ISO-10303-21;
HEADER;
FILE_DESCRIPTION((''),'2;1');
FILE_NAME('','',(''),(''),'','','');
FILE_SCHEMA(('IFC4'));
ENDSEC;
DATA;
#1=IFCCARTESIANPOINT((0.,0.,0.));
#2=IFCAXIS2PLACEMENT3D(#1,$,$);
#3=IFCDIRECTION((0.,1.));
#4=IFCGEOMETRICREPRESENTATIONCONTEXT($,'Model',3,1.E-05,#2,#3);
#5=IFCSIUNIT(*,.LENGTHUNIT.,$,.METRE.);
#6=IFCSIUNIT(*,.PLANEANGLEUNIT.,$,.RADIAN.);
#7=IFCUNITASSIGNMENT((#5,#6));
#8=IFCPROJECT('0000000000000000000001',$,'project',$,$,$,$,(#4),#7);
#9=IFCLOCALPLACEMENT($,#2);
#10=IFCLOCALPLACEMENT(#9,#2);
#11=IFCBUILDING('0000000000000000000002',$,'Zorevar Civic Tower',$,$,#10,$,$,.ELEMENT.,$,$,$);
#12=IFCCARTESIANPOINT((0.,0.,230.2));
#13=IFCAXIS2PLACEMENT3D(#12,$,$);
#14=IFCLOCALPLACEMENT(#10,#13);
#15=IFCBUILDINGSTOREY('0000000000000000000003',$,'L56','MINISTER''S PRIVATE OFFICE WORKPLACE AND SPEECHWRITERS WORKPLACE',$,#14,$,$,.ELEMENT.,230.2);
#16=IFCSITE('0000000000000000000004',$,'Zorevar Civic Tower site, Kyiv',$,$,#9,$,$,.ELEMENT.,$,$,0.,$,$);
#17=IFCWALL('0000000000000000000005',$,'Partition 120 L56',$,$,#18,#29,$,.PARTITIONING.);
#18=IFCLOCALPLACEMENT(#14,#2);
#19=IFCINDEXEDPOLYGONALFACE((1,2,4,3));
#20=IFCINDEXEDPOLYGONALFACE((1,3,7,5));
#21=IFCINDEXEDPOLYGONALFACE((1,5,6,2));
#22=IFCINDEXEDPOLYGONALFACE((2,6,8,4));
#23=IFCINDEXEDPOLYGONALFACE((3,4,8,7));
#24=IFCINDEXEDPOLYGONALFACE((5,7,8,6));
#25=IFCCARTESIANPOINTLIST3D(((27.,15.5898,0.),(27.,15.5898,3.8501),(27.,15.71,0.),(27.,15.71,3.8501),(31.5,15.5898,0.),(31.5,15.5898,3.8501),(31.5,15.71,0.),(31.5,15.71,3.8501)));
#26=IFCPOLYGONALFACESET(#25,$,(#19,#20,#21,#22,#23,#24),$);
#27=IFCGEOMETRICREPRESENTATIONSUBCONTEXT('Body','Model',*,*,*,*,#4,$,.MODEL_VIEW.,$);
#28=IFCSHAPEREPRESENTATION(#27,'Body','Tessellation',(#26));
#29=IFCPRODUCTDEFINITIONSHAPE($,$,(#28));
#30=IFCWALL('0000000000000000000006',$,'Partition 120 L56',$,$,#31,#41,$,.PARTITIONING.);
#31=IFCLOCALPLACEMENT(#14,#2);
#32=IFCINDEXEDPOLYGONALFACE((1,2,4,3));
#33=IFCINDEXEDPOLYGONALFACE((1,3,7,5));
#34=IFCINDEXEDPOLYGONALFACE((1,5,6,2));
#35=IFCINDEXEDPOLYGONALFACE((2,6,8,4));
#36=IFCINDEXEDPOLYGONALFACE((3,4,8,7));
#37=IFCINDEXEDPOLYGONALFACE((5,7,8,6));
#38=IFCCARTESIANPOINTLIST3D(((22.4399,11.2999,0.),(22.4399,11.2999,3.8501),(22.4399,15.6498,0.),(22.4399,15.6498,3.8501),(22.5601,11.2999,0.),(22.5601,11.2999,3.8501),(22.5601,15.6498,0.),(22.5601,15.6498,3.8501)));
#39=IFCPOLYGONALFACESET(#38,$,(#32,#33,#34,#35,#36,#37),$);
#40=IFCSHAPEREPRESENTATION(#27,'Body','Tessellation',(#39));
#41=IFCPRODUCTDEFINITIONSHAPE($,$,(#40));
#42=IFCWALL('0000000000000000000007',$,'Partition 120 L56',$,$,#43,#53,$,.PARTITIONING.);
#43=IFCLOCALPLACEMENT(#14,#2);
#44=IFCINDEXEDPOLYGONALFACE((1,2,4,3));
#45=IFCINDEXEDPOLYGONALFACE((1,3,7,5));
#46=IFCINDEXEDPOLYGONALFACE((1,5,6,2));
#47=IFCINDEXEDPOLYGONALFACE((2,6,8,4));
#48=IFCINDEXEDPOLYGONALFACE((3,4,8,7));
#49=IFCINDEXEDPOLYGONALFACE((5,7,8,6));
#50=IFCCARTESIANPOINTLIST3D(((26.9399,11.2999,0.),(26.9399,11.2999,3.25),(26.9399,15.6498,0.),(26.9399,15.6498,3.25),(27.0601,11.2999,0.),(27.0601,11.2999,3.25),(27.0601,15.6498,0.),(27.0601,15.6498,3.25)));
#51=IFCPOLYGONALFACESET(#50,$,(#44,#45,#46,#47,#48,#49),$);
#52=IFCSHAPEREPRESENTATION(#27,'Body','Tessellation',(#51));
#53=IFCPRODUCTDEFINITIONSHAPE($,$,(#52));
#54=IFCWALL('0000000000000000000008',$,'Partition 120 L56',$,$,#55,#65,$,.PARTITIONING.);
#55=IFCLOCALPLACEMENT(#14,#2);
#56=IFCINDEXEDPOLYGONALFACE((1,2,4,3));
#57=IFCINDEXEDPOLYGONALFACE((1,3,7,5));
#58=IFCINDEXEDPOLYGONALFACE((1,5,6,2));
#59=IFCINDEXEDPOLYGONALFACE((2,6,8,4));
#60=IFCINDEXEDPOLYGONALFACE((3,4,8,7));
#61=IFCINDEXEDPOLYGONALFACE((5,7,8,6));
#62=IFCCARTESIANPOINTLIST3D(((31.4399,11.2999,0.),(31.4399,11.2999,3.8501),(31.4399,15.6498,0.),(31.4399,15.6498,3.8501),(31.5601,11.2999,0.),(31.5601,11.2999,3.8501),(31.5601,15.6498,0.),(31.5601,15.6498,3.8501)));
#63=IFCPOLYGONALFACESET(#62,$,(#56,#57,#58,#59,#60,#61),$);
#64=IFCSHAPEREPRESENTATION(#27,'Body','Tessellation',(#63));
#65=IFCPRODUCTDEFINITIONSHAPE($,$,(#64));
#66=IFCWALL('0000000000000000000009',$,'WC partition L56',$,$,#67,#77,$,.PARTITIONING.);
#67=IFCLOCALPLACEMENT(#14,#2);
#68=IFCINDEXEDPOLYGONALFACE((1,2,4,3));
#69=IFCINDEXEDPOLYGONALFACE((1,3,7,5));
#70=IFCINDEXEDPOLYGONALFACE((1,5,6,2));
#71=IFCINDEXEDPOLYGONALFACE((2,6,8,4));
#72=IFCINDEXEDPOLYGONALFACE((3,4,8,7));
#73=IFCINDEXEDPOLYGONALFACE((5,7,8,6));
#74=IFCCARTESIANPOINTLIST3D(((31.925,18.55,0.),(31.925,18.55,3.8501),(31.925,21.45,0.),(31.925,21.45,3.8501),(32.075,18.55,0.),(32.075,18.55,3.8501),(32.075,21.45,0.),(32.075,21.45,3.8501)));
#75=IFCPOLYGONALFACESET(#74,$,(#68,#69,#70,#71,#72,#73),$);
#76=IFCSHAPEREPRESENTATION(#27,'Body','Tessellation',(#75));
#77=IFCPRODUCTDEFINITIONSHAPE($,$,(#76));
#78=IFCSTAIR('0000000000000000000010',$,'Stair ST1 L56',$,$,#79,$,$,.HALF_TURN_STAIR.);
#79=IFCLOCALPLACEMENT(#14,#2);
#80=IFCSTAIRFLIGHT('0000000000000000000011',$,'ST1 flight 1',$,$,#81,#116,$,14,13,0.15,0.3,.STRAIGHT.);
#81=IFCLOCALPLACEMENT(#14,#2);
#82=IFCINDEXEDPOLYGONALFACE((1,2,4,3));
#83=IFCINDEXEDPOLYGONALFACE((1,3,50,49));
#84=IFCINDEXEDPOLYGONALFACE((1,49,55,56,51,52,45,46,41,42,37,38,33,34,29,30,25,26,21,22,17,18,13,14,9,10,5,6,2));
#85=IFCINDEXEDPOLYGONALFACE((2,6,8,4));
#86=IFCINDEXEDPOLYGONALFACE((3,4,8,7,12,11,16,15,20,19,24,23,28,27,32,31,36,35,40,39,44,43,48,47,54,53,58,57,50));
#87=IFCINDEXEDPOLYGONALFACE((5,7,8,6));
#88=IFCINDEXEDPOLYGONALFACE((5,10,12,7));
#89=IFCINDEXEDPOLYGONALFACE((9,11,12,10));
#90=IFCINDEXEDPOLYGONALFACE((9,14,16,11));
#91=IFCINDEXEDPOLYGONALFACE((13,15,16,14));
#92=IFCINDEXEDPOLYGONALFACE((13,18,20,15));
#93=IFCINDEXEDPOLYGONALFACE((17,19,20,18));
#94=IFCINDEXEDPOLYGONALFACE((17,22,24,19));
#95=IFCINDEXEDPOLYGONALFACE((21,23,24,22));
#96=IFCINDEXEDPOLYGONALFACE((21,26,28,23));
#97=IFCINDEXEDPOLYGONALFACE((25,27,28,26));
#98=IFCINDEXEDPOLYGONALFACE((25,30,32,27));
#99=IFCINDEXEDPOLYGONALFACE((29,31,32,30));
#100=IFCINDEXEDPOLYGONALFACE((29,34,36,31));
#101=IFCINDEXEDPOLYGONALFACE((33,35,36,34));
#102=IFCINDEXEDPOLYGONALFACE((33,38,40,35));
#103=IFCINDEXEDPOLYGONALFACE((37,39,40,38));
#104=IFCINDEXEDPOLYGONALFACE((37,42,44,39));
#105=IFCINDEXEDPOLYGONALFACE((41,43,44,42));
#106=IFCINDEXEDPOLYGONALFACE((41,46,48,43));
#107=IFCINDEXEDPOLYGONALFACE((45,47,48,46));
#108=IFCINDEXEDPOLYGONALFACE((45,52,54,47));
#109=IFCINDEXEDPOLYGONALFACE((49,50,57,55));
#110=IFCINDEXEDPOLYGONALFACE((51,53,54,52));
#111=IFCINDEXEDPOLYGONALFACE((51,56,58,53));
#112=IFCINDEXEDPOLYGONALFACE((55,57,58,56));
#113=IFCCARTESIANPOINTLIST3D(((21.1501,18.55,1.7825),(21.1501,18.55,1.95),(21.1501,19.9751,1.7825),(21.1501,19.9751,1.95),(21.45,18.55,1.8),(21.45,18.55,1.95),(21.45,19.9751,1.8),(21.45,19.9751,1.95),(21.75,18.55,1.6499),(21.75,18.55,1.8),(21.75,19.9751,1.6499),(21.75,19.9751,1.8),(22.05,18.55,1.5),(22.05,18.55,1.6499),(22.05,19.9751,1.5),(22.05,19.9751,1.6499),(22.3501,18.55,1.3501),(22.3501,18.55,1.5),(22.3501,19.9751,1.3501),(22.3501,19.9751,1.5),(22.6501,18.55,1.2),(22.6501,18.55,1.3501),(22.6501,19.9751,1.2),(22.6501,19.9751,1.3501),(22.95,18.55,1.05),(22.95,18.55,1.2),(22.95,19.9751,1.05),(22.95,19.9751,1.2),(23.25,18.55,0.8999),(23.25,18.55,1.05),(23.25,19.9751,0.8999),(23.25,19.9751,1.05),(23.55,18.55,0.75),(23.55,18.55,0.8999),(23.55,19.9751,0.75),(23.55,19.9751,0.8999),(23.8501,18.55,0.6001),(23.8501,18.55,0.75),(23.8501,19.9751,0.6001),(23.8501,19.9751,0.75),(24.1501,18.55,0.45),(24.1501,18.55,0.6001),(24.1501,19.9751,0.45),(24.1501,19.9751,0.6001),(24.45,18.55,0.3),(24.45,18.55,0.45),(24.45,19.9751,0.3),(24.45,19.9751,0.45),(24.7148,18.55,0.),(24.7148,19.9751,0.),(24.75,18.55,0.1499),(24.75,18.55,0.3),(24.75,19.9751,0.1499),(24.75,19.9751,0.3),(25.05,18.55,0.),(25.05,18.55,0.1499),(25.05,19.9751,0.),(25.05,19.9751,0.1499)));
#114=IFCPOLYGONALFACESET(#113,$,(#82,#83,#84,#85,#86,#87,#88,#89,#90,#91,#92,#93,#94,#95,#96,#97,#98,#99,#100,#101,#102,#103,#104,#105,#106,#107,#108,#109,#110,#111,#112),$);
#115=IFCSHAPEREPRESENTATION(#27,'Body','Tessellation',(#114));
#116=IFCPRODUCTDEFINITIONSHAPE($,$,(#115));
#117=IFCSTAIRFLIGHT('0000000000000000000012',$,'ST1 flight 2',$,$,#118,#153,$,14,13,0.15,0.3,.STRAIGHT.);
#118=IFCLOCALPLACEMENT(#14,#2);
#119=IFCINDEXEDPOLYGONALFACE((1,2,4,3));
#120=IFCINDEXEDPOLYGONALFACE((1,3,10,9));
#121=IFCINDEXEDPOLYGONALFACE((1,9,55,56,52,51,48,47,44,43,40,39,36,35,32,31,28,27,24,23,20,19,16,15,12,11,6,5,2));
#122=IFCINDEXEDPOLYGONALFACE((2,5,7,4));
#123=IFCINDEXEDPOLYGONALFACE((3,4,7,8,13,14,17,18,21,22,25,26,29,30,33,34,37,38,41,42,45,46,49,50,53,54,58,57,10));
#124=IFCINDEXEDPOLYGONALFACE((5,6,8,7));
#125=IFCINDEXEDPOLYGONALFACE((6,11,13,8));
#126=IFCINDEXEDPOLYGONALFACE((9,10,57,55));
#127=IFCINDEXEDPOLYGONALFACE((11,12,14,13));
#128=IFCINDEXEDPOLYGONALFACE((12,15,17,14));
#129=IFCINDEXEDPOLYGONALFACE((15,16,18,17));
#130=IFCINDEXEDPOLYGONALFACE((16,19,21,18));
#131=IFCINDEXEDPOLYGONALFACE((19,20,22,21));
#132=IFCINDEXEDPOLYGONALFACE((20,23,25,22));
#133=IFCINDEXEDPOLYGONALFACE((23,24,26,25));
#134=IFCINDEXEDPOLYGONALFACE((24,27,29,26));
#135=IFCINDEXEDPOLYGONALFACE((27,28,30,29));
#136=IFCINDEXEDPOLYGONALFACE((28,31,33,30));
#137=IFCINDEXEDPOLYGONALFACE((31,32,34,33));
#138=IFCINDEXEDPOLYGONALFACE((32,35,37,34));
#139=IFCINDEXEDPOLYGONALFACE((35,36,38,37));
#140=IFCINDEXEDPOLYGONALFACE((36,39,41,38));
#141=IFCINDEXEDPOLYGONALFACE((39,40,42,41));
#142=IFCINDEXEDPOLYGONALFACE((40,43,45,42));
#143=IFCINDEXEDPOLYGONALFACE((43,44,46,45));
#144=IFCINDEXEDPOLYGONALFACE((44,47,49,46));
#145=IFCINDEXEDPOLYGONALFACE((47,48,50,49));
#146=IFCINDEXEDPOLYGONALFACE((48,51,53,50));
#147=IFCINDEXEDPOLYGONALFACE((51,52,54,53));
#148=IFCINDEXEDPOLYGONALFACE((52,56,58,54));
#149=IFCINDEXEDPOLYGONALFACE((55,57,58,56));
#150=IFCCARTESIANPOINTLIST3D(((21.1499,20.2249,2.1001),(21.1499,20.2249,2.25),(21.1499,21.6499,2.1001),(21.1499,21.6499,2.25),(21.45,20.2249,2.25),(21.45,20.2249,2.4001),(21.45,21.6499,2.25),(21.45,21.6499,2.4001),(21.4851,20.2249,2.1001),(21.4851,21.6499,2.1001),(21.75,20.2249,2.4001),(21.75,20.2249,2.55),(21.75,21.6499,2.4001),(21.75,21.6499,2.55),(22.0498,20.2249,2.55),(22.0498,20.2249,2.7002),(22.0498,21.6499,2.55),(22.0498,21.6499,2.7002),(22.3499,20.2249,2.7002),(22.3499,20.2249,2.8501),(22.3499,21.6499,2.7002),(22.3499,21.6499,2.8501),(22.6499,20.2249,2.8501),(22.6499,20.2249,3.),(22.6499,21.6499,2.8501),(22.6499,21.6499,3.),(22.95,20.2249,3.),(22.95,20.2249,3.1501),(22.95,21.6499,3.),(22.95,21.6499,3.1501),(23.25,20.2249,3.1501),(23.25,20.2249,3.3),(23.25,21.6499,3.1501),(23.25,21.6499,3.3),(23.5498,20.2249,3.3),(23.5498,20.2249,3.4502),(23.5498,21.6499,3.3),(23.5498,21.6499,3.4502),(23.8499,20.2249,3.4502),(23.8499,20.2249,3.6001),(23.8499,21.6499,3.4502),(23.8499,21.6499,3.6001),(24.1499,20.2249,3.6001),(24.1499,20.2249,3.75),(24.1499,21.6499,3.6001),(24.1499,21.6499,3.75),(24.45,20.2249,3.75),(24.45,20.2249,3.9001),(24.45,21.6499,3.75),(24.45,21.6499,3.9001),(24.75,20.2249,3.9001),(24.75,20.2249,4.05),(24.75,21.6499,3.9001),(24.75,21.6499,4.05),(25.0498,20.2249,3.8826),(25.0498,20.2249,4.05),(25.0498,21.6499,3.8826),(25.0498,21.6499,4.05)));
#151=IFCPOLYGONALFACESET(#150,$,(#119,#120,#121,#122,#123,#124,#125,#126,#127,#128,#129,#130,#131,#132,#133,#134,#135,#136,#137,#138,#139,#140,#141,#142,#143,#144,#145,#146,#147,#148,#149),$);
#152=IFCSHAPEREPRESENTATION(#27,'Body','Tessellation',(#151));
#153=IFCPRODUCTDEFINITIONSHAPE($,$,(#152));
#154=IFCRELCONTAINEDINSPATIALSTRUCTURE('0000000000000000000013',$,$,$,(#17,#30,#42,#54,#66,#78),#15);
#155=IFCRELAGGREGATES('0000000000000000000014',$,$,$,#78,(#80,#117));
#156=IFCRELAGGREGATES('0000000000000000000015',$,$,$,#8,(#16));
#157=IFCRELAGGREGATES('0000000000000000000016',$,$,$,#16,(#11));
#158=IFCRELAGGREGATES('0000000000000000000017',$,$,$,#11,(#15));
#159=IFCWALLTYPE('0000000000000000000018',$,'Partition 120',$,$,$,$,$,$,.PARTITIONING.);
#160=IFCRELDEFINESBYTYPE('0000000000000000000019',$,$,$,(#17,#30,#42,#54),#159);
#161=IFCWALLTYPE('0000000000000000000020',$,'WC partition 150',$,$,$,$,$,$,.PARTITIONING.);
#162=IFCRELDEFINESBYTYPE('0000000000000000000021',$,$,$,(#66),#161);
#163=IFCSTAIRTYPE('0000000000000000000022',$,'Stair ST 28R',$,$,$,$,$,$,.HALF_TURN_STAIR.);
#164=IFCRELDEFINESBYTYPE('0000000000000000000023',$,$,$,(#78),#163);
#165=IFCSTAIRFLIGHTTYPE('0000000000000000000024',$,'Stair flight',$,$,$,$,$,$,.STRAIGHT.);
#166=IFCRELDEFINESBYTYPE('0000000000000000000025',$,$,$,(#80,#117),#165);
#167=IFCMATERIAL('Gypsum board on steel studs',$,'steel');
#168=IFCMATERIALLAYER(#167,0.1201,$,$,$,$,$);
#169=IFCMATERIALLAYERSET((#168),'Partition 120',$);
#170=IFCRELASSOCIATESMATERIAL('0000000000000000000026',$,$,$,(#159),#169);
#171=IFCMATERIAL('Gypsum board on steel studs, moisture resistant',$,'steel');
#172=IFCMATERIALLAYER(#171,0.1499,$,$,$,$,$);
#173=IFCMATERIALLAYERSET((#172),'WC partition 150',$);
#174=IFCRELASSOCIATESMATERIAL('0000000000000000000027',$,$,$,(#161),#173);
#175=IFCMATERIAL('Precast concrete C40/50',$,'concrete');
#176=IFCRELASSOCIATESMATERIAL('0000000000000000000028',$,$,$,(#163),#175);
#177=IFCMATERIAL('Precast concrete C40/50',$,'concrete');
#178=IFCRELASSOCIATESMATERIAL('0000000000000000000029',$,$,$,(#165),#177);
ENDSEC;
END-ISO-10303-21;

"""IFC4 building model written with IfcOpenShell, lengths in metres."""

from ifc_helpers import new_model, si_unit, direction, frame, frame_2d, origin, place, context, subcontext, project, spatial, polyline, rectangle, outline, extrude, material, layer, layer_set, type_object, element, aggregate, save


model = new_model("IFC4")

# Units and contexts
model_context = context("Model", 3, precision=1e-05, world=origin(), true_north=direction((0.0, 1.0)))
body_context = subcontext(model_context, "Body", "Model", "MODEL_VIEW")
ifc_project = project(units=[si_unit("LENGTHUNIT", "METRE"), si_unit("PLANEANGLEUNIT", "RADIAN")], contexts=[model_context])

# Site, building, storey
site_placement = place(None, origin())
site = spatial("IfcSite", under=ifc_project, at=site_placement, Name="Zorevar Civic Tower site, Kyiv", CompositionType="ELEMENT", RefElevation=0.0)
building_placement = place(site_placement, origin())
building = spatial("IfcBuilding", under=site, at=building_placement, Name="Zorevar Civic Tower", CompositionType="ELEMENT")
storey_placement = place(building_placement, frame((0.0, 0.0, 230.2)))
storey = spatial("IfcBuildingStorey", under=building, at=storey_placement, Name="L56", Description="MINISTER'S PRIVATE OFFICE WORKPLACE AND SPEECHWRITERS WORKPLACE", CompositionType="ELEMENT", Elevation=230.2)

# Walls
ifc_material_1 = material(Name="Gypsum board on steel studs", Category="steel")
ifc_layer_1 = layer(ifc_material_1, 0.1201)
ifc_layer_set_1 = layer_set([ifc_layer_1], Name="Partition 120")
wall_type_1 = type_object("IfcWallType", Name="Partition 120", PredefinedType="PARTITIONING", material=ifc_layer_set_1)
for number, where, z_axis, x_axis, name in (
    (1, (27.0, 15.6499, 0.0), (0.0, 0.0, 1.0), (1.0, 0.0, 0.0), "Partition 120 L56"),
):
    element("IfcWall", number, at=place(storey_placement, frame(where, z_axis=z_axis, x_axis=x_axis)), inside=storey, type_object=wall_type_1, Name=name, PredefinedType="PARTITIONING", context=body_context, shape_type="SweptSolid", body=[
        extrude(rectangle(XDim=4.5, YDim=0.1201, at=frame_2d((2.25, 0.0))), origin(), (0.0, 0.0, 1.0), 3.8501),
    ])
wall_1_placement = place(storey_placement, frame((22.5, 11.3, 0.0), z_axis=(0.0, 0.0, 1.0), x_axis=(0.0, 1.0, 0.0)))
element("IfcWall", 2, at=wall_1_placement, inside=storey, type_object=wall_type_1, Name="Partition 120 L56", PredefinedType="PARTITIONING", context=body_context, shape_type="SweptSolid", body=[
    extrude(rectangle(XDim=4.3499, YDim=0.1201, at=frame_2d((2.1748, 0.0))), origin(), (0.0, 0.0, 1.0), 3.8501),
])
wall_2_placement = place(storey_placement, frame((27.0, 11.3, 0.0), z_axis=(0.0, 0.0, 1.0), x_axis=(0.0, 1.0, 0.0)))
element("IfcWall", 3, at=wall_2_placement, inside=storey, type_object=wall_type_1, Name="Partition 120 L56", PredefinedType="PARTITIONING", context=body_context, shape_type="SweptSolid", body=[
    extrude(rectangle(XDim=4.3499, YDim=0.1201, at=frame_2d((2.1748, 0.0))), origin(), (0.0, 0.0, 1.0), 3.25),
])
wall_3_placement = place(storey_placement, frame((31.5, 11.3, 0.0), z_axis=(0.0, 0.0, 1.0), x_axis=(0.0, 1.0, 0.0)))
element("IfcWall", 4, at=wall_3_placement, inside=storey, type_object=wall_type_1, Name="Partition 120 L56", PredefinedType="PARTITIONING", context=body_context, shape_type="SweptSolid", body=[
    extrude(rectangle(XDim=4.3499, YDim=0.1201, at=frame_2d((2.1748, 0.0))), origin(), (0.0, 0.0, 1.0), 3.8501),
])
ifc_material_2 = material(Name="Gypsum board on steel studs, moisture resistant", Category="steel")
ifc_layer_2 = layer(ifc_material_2, 0.1499)
ifc_layer_set_2 = layer_set([ifc_layer_2], Name="WC partition 150")
wall_type_2 = type_object("IfcWallType", Name="WC partition 150", PredefinedType="PARTITIONING", material=ifc_layer_set_2)
wall_4_placement = place(storey_placement, frame((32.0, 18.55, 0.0), z_axis=(0.0, 0.0, 1.0), x_axis=(0.0, 1.0, 0.0)))
element("IfcWall", 5, at=wall_4_placement, inside=storey, type_object=wall_type_2, Name="WC partition L56", PredefinedType="PARTITIONING", context=body_context, shape_type="SweptSolid", body=[
    extrude(rectangle(XDim=2.8999, YDim=0.1499, at=frame_2d((1.45, 0.0))), origin(), (0.0, 0.0, 1.0), 3.8501),
])

# Stair, stair flights
ifc_material_3 = material(Name="Precast concrete C40/50", Category="concrete")
stair_type = type_object("IfcStairType", Name="Stair ST 28R", PredefinedType="HALF_TURN_STAIR", material=ifc_material_3)
stair_placement = place(storey_placement, origin())
stair = element("IfcStair", 6, at=stair_placement, inside=storey, type_object=stair_type, Name="Stair ST1 L56", PredefinedType="HALF_TURN_STAIR")
ifc_material_4 = material(Name="Precast concrete C40/50", Category="concrete")
stair_flight_type = type_object("IfcStairFlightType", Name="Stair flight", PredefinedType="STRAIGHT", material=ifc_material_4)
stair_flight_1_placement = place(storey_placement, frame((25.05, 19.2625, 0.0), z_axis=(0.0, 0.0, 1.0), x_axis=(-1.0, 0.0, 0.0)))
stair_flight_1 = element("IfcStairFlight", 7, at=stair_flight_1_placement, type_object=stair_flight_type, Name="ST1 flight 1", NumberOfRisers=14, NumberOfTreads=13, PredefinedType="STRAIGHT", RiserHeight=0.15, TreadLength=0.3, context=body_context, shape_type="SweptSolid", body=[
    extrude(outline(polyline([(0.0, 0.0), (0.0, 0.1499), (0.3, 0.1499), (0.3, 0.3), (0.6001, 0.3), (0.6001, 0.45), (0.8999, 0.45), (0.8999, 0.6001), (1.2, 0.6001), (1.2, 0.75), (1.5, 0.75), (1.5, 0.8999), (1.8, 0.8999), (1.8, 1.05), (2.1001, 1.05), (2.1001, 1.2), (2.3999, 1.2), (2.3999, 1.3501), (2.7, 1.3501), (2.7, 1.5), (3.0, 1.5), (3.0, 1.6499), (3.3, 1.6499), (3.3, 1.8), (3.6001, 1.8), (3.6001, 1.95), (3.8999, 1.95), (3.8999, 2.1001), (3.8999, 1.7825), (0.3352, 0.0), (0.0, 0.0)])), frame((0.0, 0.7124, 0.0), z_axis=(0.0, -1.0, 0.0), x_axis=(1.0, 0.0, 0.0)), (0.0, 0.0, 1.0), 1.425),
])
stair_flight_2_placement = place(storey_placement, frame((21.1499, 20.9375, 2.1001), z_axis=(0.0, 0.0, 1.0), x_axis=(1.0, 0.0, 0.0)))
stair_flight_2 = element("IfcStairFlight", 8, at=stair_flight_2_placement, type_object=stair_flight_type, Name="ST1 flight 2", NumberOfRisers=14, NumberOfTreads=13, PredefinedType="STRAIGHT", RiserHeight=0.15, TreadLength=0.3, context=body_context, shape_type="SweptSolid", body=[
    extrude(outline(polyline([(0.0, 0.0), (0.0, 0.1499), (0.3, 0.1499), (0.3, 0.3), (0.6001, 0.3), (0.6001, 0.45), (0.8999, 0.45), (0.8999, 0.6001), (1.2, 0.6001), (1.2, 0.75), (1.5, 0.75), (1.5, 0.8999), (1.8, 0.8999), (1.8, 1.05), (2.1001, 1.05), (2.1001, 1.2), (2.3999, 1.2), (2.3999, 1.3501), (2.7, 1.3501), (2.7, 1.5), (3.0, 1.5), (3.0, 1.6499), (3.3, 1.6499), (3.3, 1.8), (3.6001, 1.8), (3.6001, 1.95), (3.8999, 1.95), (3.8999, 2.1001), (3.8999, 1.7825), (0.3352, 0.0), (0.0, 0.0)])), frame((0.0, 0.7124, 0.0), z_axis=(0.0, -1.0, 0.0), x_axis=(1.0, 0.0, 0.0)), (0.0, 0.0, 1.0), 1.425),
])
aggregate(stair, [stair_flight_1, stair_flight_2])

save(model, "model.ifc")
